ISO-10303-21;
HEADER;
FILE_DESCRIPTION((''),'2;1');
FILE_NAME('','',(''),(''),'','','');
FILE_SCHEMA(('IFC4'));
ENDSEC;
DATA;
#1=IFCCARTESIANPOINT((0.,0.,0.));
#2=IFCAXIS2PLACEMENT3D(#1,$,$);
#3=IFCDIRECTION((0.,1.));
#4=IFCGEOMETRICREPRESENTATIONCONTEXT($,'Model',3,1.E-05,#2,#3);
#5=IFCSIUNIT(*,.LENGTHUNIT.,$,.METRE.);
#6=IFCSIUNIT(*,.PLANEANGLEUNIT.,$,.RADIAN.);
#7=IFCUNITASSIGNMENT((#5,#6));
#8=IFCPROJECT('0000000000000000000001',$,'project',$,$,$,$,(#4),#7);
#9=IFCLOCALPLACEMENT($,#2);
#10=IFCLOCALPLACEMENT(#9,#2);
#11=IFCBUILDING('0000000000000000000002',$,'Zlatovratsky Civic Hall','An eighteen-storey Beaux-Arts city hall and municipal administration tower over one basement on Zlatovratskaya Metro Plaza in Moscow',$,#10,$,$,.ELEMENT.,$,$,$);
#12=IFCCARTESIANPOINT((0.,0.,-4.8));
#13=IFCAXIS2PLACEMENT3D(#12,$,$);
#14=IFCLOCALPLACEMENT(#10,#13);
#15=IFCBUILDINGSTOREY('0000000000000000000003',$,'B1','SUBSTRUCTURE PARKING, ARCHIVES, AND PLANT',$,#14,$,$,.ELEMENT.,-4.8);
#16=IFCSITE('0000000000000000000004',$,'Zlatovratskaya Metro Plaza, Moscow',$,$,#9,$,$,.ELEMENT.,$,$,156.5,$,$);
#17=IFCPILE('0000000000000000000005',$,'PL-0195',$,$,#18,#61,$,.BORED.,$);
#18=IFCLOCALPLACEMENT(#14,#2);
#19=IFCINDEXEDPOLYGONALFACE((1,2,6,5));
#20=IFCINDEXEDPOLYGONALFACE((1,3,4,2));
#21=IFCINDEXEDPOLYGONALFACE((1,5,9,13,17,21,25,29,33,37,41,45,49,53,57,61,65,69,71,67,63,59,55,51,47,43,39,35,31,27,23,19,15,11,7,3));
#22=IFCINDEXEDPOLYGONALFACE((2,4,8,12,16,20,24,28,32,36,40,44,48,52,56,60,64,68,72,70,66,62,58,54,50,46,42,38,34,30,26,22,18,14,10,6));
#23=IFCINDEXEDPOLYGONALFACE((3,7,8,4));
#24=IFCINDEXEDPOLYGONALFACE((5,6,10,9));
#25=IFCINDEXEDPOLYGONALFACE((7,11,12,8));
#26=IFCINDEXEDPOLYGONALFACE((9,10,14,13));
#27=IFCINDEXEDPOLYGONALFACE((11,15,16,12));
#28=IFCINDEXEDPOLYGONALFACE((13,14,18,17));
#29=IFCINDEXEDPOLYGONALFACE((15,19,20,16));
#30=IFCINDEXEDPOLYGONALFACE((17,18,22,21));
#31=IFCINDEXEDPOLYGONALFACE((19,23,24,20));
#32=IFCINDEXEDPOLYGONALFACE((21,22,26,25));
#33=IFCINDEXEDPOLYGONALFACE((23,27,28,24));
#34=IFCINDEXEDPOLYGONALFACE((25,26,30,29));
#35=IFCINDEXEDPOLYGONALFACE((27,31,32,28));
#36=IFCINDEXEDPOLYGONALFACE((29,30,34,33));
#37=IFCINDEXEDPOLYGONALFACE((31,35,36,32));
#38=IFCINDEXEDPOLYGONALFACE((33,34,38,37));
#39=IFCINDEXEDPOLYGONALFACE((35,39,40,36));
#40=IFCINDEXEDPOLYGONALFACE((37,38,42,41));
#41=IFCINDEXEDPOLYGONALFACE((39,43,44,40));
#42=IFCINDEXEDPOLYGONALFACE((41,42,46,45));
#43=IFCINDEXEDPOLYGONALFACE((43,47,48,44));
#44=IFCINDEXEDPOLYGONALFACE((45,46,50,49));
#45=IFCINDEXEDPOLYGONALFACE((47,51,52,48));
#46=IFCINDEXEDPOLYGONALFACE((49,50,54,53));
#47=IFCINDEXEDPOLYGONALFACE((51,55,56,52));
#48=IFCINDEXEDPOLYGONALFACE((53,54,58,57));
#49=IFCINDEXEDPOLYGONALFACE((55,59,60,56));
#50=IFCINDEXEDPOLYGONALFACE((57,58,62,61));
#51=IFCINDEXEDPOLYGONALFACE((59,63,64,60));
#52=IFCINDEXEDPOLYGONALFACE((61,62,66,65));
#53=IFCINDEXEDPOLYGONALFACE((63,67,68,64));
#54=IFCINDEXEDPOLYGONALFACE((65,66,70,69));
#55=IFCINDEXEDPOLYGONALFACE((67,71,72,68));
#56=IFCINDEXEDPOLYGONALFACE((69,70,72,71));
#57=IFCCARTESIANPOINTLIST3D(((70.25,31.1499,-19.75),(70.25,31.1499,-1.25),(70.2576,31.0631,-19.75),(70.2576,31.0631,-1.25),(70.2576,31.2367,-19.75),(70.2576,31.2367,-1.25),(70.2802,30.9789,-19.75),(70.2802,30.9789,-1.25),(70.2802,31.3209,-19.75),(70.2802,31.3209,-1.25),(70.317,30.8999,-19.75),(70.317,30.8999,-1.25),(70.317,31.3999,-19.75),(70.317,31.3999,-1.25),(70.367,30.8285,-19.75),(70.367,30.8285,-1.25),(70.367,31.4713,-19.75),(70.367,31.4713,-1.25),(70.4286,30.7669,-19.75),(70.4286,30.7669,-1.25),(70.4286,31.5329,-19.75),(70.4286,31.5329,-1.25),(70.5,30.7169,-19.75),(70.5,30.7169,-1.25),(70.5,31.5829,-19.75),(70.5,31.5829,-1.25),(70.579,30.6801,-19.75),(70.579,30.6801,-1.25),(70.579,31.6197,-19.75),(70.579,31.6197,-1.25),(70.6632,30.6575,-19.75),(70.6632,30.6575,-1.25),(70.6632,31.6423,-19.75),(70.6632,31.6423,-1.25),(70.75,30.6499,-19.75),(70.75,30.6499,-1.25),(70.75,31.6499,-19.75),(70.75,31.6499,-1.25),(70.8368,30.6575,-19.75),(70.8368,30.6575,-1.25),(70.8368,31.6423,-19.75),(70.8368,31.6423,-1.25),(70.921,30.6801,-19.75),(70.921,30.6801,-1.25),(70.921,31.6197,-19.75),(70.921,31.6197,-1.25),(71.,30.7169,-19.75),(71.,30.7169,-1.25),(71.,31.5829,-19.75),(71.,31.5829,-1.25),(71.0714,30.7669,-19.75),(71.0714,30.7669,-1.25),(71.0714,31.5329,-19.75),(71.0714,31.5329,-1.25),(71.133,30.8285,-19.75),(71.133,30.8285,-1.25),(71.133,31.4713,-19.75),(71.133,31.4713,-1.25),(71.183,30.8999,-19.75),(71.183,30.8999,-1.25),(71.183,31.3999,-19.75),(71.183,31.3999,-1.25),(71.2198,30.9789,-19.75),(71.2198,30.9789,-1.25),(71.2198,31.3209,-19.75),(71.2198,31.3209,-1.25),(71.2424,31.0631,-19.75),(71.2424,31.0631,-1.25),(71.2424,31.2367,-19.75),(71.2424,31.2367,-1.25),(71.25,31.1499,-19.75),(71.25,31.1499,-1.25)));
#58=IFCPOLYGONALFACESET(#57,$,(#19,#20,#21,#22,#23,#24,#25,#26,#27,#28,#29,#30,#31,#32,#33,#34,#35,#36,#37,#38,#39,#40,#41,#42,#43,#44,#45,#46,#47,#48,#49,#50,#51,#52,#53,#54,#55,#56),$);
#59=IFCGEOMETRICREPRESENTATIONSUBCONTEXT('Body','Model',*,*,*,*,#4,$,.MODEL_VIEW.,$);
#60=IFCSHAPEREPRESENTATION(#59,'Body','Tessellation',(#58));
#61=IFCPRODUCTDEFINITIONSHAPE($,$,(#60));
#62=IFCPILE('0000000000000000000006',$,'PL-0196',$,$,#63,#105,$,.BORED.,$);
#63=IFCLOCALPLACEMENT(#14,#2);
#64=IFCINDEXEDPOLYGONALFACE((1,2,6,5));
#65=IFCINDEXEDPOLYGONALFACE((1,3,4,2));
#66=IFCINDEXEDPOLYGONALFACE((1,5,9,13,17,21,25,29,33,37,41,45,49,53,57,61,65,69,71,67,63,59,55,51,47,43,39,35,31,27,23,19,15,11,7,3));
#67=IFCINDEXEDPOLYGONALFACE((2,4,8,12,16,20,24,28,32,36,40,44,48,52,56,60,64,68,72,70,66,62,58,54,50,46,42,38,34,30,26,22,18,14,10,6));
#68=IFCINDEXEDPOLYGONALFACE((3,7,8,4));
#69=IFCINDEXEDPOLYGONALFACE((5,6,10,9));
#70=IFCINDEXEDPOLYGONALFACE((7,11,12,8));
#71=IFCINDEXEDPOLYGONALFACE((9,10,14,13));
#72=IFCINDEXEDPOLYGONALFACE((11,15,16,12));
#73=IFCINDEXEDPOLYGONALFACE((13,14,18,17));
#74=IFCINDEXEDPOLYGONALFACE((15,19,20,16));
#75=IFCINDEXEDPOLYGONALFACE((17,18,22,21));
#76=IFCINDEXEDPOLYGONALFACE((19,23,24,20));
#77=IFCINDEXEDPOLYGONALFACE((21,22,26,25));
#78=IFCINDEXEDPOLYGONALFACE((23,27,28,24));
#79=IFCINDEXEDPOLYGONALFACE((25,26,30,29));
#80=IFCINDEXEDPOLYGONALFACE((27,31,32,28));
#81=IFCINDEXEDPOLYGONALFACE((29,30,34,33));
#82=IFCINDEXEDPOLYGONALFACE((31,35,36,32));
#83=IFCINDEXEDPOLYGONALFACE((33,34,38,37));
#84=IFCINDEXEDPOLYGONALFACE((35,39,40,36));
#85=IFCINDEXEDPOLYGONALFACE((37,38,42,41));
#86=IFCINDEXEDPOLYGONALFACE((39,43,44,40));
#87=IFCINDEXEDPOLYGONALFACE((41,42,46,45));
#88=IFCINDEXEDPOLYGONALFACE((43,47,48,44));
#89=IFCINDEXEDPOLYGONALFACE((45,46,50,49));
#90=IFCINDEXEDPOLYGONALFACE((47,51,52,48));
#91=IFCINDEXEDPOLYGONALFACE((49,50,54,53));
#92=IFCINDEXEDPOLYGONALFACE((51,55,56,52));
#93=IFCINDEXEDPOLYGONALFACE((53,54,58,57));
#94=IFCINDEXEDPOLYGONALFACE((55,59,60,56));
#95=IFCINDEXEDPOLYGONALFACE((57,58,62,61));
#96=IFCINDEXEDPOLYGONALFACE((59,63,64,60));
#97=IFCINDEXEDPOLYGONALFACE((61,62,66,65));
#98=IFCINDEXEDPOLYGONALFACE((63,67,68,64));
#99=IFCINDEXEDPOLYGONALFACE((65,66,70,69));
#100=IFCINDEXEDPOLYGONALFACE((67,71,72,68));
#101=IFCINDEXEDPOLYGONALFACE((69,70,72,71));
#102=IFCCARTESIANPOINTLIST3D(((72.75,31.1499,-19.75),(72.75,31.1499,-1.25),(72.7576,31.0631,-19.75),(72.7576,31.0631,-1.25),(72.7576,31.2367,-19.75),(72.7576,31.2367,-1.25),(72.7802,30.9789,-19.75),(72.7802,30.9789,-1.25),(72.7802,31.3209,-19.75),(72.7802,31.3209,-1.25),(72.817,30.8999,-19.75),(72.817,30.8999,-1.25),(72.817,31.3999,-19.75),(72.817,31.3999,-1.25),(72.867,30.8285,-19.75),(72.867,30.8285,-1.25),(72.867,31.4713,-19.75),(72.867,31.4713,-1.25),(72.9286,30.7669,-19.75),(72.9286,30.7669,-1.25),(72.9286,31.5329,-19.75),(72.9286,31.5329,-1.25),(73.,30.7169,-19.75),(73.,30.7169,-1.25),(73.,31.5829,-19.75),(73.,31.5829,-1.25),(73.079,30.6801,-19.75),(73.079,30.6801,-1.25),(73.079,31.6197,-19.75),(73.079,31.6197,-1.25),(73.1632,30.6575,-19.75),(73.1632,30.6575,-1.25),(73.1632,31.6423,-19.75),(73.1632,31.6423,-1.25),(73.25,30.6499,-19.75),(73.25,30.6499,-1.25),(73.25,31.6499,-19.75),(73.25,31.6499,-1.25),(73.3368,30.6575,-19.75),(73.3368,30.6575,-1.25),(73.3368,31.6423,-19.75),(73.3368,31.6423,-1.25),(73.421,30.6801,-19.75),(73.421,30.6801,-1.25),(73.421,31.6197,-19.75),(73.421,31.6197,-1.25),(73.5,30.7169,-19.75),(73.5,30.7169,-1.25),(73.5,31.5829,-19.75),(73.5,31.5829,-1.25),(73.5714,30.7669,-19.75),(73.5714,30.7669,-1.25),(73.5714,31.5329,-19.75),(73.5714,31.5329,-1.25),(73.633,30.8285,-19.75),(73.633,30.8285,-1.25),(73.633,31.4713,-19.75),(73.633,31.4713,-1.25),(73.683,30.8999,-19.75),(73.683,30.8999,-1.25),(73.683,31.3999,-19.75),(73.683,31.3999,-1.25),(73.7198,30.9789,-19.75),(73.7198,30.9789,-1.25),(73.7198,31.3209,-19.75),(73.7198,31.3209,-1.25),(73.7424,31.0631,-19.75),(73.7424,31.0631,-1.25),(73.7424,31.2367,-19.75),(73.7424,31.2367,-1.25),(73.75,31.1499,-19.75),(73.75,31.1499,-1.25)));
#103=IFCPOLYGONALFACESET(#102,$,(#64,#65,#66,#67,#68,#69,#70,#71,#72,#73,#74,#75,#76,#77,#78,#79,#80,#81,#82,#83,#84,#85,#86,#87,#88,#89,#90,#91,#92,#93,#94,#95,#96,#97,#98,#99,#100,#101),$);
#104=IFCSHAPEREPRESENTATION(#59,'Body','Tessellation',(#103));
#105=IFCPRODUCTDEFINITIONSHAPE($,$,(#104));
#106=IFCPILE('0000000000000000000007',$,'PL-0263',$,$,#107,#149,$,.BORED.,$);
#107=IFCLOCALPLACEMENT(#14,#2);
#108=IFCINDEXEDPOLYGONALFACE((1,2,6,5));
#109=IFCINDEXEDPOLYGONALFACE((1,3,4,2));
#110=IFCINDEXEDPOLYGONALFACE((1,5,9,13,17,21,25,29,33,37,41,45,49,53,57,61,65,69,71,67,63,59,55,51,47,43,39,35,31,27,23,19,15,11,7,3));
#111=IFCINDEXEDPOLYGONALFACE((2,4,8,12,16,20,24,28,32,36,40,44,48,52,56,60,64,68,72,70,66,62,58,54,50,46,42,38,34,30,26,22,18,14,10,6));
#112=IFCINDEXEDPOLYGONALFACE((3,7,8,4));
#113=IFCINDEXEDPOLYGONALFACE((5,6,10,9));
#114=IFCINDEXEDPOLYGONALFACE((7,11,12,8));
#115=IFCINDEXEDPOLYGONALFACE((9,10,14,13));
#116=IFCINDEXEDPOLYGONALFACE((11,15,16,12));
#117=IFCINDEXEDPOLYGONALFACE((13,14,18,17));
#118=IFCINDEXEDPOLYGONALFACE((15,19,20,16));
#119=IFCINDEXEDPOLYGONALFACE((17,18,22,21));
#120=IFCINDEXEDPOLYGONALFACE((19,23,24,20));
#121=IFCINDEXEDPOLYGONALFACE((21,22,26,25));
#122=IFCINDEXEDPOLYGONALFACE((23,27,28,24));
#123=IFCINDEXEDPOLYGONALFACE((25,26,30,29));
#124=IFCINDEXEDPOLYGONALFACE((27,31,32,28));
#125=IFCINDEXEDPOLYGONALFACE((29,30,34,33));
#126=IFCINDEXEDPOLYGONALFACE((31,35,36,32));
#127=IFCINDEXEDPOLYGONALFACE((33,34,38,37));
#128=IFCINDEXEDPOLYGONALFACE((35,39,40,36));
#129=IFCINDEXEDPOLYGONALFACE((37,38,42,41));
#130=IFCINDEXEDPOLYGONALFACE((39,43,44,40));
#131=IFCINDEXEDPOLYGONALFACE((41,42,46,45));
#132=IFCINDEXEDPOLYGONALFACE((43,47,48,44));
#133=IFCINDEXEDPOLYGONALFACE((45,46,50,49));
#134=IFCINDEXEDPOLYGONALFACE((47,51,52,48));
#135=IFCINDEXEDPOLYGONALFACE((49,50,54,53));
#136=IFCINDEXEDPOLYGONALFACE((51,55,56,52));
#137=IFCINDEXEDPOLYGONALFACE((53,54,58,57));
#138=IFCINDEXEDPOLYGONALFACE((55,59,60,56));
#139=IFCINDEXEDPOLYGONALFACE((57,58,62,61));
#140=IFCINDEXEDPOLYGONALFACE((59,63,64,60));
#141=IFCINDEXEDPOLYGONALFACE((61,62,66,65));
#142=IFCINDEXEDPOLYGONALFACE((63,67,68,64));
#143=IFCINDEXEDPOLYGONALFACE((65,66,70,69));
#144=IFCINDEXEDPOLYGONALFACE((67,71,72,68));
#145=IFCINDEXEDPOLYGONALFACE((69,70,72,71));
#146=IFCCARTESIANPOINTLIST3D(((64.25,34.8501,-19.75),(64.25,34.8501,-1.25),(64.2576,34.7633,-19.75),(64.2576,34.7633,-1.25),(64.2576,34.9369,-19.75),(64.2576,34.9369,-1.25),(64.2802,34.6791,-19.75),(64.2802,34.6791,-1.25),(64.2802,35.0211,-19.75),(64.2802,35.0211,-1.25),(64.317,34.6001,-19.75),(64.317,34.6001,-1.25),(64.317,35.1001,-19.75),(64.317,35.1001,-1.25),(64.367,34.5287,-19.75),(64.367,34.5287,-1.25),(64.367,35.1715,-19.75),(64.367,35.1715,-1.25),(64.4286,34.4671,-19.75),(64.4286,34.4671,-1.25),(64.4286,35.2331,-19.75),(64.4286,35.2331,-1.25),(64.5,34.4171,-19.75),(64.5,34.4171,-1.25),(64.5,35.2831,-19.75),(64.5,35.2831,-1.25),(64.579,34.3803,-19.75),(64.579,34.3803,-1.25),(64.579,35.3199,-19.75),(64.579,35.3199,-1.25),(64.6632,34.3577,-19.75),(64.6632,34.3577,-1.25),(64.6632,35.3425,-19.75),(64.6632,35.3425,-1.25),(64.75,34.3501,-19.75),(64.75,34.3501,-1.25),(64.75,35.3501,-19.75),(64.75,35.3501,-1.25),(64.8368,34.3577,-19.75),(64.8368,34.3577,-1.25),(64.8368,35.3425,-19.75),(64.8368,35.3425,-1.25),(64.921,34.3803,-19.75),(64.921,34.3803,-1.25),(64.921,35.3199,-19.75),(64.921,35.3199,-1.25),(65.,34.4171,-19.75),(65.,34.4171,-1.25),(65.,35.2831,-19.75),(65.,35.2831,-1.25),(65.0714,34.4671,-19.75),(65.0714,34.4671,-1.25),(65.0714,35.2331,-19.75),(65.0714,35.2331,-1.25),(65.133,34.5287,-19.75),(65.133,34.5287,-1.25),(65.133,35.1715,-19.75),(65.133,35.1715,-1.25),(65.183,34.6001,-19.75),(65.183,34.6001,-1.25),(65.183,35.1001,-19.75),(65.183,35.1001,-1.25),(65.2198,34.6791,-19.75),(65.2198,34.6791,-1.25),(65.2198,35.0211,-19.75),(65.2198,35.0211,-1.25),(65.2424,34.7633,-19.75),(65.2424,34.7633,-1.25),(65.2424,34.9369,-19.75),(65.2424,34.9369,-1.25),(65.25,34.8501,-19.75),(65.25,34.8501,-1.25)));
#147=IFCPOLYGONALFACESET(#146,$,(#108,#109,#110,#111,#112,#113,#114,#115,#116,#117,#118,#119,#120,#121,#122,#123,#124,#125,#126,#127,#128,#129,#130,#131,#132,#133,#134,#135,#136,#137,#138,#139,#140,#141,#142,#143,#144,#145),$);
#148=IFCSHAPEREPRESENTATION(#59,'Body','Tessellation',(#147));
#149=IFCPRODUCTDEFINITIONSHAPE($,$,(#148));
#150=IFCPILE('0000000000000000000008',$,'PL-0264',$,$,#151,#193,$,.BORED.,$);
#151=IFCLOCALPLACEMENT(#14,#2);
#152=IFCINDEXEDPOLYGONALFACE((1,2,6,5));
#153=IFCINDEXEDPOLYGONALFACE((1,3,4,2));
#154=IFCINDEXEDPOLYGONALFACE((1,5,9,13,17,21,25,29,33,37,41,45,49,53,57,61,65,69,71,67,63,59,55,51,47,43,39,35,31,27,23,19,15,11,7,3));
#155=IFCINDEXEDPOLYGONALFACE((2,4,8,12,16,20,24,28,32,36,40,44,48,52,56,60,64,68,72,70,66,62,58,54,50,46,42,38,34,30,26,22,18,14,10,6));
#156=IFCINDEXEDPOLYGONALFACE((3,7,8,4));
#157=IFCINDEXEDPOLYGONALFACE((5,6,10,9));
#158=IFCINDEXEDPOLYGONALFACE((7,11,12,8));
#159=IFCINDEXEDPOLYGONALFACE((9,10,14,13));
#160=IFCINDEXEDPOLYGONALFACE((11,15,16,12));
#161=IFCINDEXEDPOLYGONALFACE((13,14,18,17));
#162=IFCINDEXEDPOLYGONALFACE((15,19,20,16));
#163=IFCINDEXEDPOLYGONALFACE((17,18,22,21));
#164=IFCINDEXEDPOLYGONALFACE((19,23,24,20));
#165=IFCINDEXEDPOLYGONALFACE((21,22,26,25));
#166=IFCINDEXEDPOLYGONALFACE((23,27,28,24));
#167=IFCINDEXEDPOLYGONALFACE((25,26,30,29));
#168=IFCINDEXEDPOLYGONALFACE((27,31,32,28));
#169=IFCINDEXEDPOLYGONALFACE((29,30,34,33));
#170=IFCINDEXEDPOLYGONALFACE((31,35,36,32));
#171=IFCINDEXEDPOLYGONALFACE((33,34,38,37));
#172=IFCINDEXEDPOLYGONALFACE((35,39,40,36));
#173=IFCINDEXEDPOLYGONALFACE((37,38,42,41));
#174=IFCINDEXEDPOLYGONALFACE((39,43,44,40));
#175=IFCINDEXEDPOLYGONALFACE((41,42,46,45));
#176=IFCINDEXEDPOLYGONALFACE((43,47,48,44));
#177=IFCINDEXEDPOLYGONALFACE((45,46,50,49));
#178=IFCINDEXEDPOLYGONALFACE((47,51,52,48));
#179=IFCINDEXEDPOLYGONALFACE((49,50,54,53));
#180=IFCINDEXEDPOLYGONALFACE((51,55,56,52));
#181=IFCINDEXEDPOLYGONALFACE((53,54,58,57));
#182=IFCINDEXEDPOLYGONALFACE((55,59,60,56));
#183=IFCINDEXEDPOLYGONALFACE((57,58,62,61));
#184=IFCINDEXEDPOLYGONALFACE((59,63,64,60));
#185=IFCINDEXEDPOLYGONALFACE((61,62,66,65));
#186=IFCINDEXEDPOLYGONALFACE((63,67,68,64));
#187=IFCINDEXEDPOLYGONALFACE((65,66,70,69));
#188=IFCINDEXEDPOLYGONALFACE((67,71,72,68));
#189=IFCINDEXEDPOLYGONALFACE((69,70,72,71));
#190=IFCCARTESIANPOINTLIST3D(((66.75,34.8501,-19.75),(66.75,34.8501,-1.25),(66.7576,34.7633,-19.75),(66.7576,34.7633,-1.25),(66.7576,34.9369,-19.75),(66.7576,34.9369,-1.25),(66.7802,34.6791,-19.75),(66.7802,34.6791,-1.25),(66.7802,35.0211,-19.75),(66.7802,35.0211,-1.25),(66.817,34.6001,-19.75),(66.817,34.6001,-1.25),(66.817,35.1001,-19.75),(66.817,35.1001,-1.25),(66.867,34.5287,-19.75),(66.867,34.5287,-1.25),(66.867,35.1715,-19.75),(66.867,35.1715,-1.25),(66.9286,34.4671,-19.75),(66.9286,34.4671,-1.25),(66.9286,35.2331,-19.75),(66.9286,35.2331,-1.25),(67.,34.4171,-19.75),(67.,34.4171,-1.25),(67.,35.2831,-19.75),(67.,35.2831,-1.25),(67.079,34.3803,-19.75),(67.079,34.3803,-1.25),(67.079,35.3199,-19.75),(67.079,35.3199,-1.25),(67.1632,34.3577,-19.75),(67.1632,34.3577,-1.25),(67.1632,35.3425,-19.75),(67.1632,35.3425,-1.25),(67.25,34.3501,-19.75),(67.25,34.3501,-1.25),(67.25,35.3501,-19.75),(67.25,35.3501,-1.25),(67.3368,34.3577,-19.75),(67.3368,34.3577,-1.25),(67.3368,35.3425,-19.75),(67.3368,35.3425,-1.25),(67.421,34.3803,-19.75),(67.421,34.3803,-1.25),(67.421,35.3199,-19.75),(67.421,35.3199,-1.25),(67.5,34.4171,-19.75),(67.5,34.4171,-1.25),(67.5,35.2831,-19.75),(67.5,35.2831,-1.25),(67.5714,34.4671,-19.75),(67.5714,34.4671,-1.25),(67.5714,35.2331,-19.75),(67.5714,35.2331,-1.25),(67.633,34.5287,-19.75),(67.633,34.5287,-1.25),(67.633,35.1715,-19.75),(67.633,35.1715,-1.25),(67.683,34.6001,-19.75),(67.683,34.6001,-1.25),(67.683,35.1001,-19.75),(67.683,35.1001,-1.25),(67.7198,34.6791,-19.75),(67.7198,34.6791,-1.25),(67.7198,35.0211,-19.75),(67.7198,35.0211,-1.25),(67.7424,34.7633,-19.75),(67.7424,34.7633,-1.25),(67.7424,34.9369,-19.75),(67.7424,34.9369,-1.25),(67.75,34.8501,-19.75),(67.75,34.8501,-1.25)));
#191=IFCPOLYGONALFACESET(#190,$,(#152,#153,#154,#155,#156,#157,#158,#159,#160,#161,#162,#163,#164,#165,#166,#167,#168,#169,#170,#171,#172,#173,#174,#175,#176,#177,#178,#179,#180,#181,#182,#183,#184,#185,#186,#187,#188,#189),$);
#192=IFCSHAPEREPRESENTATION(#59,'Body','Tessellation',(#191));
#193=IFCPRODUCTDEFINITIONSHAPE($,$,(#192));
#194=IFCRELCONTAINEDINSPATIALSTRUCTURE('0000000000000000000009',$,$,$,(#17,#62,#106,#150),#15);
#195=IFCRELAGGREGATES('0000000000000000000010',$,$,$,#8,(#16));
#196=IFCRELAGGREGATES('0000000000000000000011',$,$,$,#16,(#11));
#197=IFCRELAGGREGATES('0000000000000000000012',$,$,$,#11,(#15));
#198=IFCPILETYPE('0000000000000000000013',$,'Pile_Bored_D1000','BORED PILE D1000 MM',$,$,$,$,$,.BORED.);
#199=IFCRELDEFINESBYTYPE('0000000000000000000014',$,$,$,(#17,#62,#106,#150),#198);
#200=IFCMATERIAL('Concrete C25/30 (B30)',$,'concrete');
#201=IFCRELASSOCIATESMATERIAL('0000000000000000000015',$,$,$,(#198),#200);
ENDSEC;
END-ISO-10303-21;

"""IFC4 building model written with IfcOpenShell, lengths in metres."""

from ifc_helpers import new_model, si_unit, direction, frame, origin, origin_2d, place, context, subcontext, project, spatial, circle, extrude, material, material_profile, profile_set, type_object, element, save


model = new_model("IFC4")

# Units and contexts
model_context = context("Model", 3, precision=1e-05, world=origin(), true_north=direction((0.0, 1.0)))
body_context = subcontext(model_context, "Body", "Model", "MODEL_VIEW")
ifc_project = project(units=[si_unit("LENGTHUNIT", "METRE"), si_unit("PLANEANGLEUNIT", "RADIAN")], contexts=[model_context])

# Site, building, storey
site_placement = place(None, origin())
site = spatial("IfcSite", under=ifc_project, at=site_placement, Name="Zlatovratskaya Metro Plaza, Moscow", CompositionType="ELEMENT", RefElevation=156.5)
building_placement = place(site_placement, origin())
building = spatial("IfcBuilding", under=site, at=building_placement, Name="Zlatovratsky Civic Hall", Description="An eighteen-storey Beaux-Arts city hall and municipal administration tower over one basement on Zlatovratskaya Metro Plaza in Moscow", CompositionType="ELEMENT")
storey_placement = place(building_placement, frame((0.0, 0.0, -4.8)))
storey = spatial("IfcBuildingStorey", under=building, at=storey_placement, Name="B1", Description="SUBSTRUCTURE PARKING, ARCHIVES, AND PLANT", CompositionType="ELEMENT", Elevation=-4.8)

# Shared definitions
ifc_material_1 = material(Name="Concrete C25/30 (B30)", Category="concrete")

# Piles
ifc_material_profile_1 = material_profile(ifc_material_1, circle(Radius=0.5, at=origin_2d()), Name="PILE D1000")
ifc_profile_set_1 = profile_set([ifc_material_profile_1], Name="Concrete C25/30 (B30)")
pile_type_1 = type_object("IfcPileType", Name="Pile_Bored_D1000", Description="BORED PILE D1000 MM", PredefinedType="BORED", material=ifc_profile_set_1)
for number, where, z_axis, x_axis, name in (
    (1, (70.75, 31.1499, -1.25), (0.0, 0.0, -1.0), (1.0, 0.0, 0.0), "PL-0195"),
    (2, (73.25, 31.1499, -1.25), (0.0, 0.0, -1.0), (1.0, 0.0, 0.0), "PL-0196"),
    (3, (64.75, 34.8501, -1.25), (0.0, 0.0, -1.0), (1.0, 0.0, 0.0), "PL-0263"),
    (4, (67.25, 34.8501, -1.25), (0.0, 0.0, -1.0), (1.0, 0.0, 0.0), "PL-0264"),
):
    element("IfcPile", number, at=place(storey_placement, frame(where, z_axis=z_axis, x_axis=x_axis)), inside=storey, type_object=pile_type_1, Name=name, PredefinedType="BORED", context=body_context, shape_type="SweptSolid", body=[
        extrude(circle(Radius=0.5, at=origin_2d()), origin(), (0.0, 0.0, 1.0), 18.5),
    ])

save(model, "model.ifc")
